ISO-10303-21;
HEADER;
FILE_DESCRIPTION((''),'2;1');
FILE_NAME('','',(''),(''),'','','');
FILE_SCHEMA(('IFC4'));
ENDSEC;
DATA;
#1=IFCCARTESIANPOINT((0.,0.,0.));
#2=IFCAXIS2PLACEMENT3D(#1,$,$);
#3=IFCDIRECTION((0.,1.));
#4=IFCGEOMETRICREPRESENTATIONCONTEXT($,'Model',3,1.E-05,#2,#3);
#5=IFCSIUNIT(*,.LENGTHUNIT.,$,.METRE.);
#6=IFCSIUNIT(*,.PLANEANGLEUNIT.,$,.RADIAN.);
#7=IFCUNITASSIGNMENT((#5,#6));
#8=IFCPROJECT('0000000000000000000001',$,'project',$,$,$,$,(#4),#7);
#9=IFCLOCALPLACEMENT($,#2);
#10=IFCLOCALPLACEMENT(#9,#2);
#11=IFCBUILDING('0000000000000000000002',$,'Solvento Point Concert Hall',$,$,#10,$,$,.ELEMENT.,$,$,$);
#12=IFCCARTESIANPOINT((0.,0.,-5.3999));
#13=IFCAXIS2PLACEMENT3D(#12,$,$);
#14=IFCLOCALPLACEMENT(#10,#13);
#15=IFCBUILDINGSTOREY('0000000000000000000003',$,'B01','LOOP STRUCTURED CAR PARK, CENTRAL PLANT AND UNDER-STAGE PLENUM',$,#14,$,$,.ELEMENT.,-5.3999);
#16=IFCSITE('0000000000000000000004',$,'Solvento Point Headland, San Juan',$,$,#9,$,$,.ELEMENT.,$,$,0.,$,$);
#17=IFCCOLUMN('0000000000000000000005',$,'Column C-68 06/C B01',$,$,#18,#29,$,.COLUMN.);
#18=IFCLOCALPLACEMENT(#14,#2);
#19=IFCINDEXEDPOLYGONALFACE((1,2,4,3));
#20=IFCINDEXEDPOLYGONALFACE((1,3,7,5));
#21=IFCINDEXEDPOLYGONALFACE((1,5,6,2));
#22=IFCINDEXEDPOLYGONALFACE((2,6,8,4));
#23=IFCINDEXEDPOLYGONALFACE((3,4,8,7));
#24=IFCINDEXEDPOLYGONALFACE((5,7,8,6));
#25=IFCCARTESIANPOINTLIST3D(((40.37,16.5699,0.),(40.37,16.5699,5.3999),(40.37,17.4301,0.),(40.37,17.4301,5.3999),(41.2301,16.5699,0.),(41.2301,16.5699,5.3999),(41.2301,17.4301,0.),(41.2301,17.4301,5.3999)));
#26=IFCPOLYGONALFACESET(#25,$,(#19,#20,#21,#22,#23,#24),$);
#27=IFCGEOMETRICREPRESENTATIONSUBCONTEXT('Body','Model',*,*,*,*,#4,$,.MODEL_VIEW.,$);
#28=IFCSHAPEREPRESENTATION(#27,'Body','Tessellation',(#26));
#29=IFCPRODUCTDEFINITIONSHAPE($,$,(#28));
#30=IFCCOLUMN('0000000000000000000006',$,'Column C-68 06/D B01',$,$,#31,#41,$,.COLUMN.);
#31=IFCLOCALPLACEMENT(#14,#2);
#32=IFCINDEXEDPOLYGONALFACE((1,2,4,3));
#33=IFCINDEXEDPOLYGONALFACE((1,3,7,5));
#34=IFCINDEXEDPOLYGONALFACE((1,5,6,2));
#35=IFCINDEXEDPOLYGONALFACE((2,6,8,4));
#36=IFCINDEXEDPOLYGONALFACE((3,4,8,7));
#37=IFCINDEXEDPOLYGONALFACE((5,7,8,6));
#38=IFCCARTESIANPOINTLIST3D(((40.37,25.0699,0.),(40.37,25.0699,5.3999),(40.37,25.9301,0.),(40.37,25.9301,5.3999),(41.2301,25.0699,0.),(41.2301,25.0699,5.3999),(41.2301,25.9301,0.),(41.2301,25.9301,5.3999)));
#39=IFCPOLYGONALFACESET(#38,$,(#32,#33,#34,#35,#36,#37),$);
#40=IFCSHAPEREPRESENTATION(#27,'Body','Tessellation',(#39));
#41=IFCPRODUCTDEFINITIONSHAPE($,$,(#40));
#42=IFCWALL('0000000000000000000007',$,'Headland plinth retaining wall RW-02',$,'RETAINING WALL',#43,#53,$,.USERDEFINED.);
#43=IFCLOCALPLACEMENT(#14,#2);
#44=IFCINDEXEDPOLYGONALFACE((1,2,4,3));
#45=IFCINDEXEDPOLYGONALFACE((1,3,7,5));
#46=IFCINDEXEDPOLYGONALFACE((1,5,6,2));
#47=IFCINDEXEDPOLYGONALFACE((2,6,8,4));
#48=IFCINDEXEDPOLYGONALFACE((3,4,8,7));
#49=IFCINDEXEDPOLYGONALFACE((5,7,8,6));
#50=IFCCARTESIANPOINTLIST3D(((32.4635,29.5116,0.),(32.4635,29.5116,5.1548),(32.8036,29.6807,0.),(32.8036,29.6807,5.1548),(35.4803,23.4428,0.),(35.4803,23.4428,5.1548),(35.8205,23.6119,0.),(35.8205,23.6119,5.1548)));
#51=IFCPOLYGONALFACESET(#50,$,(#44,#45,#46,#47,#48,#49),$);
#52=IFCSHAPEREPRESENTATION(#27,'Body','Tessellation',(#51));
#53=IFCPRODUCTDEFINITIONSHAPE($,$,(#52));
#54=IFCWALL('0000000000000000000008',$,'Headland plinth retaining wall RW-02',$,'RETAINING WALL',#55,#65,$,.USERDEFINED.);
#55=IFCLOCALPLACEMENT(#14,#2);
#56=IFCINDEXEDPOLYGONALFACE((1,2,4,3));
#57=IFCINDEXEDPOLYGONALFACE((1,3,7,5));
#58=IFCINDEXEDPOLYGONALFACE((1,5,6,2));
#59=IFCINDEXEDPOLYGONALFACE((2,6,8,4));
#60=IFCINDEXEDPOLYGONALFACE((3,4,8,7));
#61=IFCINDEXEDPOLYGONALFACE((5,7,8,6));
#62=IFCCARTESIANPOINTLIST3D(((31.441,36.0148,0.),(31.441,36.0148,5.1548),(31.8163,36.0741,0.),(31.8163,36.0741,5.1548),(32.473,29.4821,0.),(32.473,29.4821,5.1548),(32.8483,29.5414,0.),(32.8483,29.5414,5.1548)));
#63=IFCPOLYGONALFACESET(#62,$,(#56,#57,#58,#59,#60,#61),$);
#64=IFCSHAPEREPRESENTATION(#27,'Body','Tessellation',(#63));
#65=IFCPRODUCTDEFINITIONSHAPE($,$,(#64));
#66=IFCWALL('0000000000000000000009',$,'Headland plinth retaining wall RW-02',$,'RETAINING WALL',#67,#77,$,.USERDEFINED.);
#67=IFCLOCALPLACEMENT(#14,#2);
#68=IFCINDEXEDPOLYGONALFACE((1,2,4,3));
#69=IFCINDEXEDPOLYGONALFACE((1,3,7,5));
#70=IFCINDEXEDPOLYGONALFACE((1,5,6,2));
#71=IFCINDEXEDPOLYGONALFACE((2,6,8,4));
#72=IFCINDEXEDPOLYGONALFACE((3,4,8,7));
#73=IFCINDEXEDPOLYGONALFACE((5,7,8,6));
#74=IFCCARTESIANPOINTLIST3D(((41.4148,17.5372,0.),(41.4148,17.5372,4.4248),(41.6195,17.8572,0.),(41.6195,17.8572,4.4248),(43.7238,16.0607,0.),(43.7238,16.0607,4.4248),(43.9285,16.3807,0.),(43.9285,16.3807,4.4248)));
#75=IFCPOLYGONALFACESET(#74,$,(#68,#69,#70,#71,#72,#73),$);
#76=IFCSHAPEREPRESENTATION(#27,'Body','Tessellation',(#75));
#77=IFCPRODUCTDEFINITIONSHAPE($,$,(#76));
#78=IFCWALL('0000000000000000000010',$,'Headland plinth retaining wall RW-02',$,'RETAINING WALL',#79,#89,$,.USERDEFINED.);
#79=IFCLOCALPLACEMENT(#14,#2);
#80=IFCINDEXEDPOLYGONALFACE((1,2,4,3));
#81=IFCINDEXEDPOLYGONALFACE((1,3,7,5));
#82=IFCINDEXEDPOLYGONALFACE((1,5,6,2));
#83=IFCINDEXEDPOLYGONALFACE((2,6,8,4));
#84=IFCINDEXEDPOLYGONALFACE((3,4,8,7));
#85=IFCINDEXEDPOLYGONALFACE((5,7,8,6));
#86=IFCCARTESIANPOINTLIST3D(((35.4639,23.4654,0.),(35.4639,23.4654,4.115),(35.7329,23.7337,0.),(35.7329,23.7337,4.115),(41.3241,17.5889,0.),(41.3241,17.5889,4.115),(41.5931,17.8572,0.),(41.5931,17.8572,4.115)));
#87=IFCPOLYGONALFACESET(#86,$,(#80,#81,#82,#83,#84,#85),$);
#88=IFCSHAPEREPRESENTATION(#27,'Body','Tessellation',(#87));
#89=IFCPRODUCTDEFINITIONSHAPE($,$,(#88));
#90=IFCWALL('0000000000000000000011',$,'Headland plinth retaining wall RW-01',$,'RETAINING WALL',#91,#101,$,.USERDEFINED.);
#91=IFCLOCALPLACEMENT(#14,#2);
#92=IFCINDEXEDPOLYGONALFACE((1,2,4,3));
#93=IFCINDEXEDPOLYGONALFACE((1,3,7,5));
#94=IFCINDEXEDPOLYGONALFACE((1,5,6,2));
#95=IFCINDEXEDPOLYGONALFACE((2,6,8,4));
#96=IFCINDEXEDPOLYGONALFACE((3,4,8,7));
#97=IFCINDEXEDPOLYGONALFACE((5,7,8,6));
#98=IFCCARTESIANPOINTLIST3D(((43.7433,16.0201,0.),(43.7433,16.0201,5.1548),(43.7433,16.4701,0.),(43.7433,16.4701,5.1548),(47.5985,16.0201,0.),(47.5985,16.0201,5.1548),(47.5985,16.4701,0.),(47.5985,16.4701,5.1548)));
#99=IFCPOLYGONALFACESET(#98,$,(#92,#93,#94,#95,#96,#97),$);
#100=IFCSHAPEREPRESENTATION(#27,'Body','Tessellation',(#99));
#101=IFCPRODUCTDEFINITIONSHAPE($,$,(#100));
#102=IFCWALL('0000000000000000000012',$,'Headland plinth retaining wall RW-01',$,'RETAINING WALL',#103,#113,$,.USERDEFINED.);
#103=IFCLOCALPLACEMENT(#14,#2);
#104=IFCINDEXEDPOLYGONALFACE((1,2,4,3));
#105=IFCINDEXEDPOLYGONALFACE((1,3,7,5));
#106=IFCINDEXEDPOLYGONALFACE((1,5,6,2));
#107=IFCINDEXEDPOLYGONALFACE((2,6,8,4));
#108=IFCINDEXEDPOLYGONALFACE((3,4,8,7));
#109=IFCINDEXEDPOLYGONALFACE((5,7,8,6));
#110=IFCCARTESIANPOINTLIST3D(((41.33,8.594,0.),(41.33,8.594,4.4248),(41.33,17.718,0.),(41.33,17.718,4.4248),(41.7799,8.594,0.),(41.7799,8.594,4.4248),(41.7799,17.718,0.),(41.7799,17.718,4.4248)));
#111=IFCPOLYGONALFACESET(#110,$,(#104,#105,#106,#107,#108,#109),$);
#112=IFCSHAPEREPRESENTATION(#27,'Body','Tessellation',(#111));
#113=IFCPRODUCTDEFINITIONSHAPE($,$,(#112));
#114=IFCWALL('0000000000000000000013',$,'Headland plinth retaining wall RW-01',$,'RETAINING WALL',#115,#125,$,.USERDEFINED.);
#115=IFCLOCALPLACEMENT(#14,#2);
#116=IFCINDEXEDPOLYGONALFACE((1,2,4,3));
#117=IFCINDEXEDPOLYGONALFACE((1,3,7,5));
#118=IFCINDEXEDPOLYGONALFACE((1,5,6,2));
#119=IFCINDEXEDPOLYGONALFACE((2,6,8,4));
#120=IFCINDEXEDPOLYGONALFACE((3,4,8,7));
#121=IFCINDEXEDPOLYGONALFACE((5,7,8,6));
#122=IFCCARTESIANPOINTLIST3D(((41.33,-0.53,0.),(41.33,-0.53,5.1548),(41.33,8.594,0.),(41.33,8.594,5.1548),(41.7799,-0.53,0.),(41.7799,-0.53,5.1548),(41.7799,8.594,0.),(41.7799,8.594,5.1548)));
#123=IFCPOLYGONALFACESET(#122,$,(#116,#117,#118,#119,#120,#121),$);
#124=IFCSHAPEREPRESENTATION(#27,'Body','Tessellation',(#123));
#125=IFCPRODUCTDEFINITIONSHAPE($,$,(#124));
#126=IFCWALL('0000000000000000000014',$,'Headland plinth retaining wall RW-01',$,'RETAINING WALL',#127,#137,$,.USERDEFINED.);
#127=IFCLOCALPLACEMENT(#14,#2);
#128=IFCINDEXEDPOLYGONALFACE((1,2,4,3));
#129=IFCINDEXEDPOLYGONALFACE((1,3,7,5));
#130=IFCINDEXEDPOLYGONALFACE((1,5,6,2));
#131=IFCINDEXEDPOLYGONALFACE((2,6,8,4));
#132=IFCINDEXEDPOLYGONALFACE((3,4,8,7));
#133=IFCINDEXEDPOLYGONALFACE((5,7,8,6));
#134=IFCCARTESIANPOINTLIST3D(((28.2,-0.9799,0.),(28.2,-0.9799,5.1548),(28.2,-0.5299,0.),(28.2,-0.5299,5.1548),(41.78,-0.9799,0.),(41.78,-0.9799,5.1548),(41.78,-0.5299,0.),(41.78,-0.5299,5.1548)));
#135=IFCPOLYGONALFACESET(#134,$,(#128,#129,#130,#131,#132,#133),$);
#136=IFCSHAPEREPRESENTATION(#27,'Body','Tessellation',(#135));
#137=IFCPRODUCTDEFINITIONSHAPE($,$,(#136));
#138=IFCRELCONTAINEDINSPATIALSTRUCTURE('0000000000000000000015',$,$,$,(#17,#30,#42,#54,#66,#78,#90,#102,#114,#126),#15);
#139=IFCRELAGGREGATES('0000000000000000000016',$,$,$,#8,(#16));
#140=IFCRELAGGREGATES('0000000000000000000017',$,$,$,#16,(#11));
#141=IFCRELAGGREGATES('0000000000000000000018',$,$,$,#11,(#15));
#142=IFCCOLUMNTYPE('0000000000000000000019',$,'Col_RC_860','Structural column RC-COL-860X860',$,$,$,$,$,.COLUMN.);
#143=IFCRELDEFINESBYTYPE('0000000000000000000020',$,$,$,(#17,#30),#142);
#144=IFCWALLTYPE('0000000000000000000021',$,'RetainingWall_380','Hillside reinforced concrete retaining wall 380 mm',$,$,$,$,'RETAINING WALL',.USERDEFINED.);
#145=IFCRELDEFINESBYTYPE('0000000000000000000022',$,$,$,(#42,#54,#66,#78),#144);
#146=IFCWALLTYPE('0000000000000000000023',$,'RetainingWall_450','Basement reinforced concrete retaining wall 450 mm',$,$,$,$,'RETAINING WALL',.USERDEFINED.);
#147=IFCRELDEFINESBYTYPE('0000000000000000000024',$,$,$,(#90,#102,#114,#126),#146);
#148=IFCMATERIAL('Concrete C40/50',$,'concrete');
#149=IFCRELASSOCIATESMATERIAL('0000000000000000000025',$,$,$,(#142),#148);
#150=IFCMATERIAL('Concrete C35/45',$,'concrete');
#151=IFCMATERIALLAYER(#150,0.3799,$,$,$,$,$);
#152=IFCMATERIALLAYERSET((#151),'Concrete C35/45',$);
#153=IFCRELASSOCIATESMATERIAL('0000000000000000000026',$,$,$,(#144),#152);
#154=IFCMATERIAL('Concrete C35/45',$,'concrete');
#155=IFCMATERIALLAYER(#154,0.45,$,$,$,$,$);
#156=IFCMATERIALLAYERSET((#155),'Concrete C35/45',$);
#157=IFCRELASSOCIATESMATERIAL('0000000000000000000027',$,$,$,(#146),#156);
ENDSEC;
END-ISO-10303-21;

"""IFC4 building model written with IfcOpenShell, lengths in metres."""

from ifc_helpers import new_model, si_unit, direction, frame, frame_2d, origin, origin_2d, place, context, subcontext, project, spatial, rectangle, extrude, material, layer, layer_set, material_profile, profile_set, type_object, element, save


model = new_model("IFC4")

# Units and contexts
model_context = context("Model", 3, precision=1e-05, world=origin(), true_north=direction((0.0, 1.0)))
body_context = subcontext(model_context, "Body", "Model", "MODEL_VIEW")
ifc_project = project(units=[si_unit("LENGTHUNIT", "METRE"), si_unit("PLANEANGLEUNIT", "RADIAN")], contexts=[model_context])

# Site, building, storey
site_placement = place(None, origin())
site = spatial("IfcSite", under=ifc_project, at=site_placement, Name="Solvento Point Headland, San Juan", CompositionType="ELEMENT", RefElevation=0.0)
building_placement = place(site_placement, origin())
building = spatial("IfcBuilding", under=site, at=building_placement, Name="Solvento Point Concert Hall", CompositionType="ELEMENT")
storey_placement = place(building_placement, frame((0.0, 0.0, -5.3999)))
storey = spatial("IfcBuildingStorey", under=building, at=storey_placement, Name="B01", Description="LOOP STRUCTURED CAR PARK, CENTRAL PLANT AND UNDER-STAGE PLENUM", CompositionType="ELEMENT", Elevation=-5.3999)

# Columns
ifc_material_1 = material(Name="Concrete C40/50", Category="concrete")
ifc_material_profile_1 = material_profile(ifc_material_1, rectangle(XDim=0.8601, YDim=0.8601, at=origin_2d()), Name="RC-COL-860X860")
ifc_profile_set_1 = profile_set([ifc_material_profile_1], Name="Concrete C40/50")
column_type = type_object("IfcColumnType", Name="Col_RC_860", Description="Structural column RC-COL-860X860", PredefinedType="COLUMN", material=ifc_profile_set_1)
for number, where, z_axis, x_axis, name in (
    (1, (40.8, 17.0, 0.0), (0.0, 0.0, 1.0), (1.0, 0.0, 0.0), "Column C-68 06/C B01"),
    (2, (40.8, 25.5, 0.0), (0.0, 0.0, 1.0), (1.0, 0.0, 0.0), "Column C-68 06/D B01"),
):
    element("IfcColumn", number, at=place(storey_placement, frame(where, z_axis=z_axis, x_axis=x_axis)), inside=storey, type_object=column_type, Name=name, PredefinedType="COLUMN", context=body_context, shape_type="SweptSolid", body=[
        extrude(rectangle(XDim=0.8601, YDim=0.8601, at=origin_2d()), origin(), (0.0, 0.0, 1.0), 5.3999),
    ])

# Walls
ifc_material_2 = material(Name="Concrete C35/45", Category="concrete")
ifc_layer_1 = layer(ifc_material_2, 0.3799)
ifc_layer_set_1 = layer_set([ifc_layer_1], Name="Concrete C35/45")
wall_type_1 = type_object("IfcWallType", Name="RetainingWall_380", Description="Hillside reinforced concrete retaining wall 380 mm", ElementType="RETAINING WALL", PredefinedType="USERDEFINED", material=ifc_layer_set_1)
wall_1_placement = place(storey_placement, frame((35.6504, 23.5273, 0.0), z_axis=(0.0, 0.0, 1.0), x_axis=(-0.445137, 0.895462, 0.0)))
element("IfcWall", 3, at=wall_1_placement, inside=storey, type_object=wall_type_1, Name="Headland plinth retaining wall RW-02", ObjectType="RETAINING WALL", PredefinedType="USERDEFINED", context=body_context, shape_type="SweptSolid", body=[
    extrude(rectangle(XDim=6.7773, YDim=0.3799, at=frame_2d((3.3887, 0.0))), origin(), (0.0, 0.0, 1.0), 5.1548),
])
wall_2_placement = place(storey_placement, frame((32.6606, 29.5117, 0.0), z_axis=(0.0, 0.0, 1.0), x_axis=(-0.156037, 0.987751, 0.0)))
element("IfcWall", 4, at=wall_2_placement, inside=storey, type_object=wall_type_1, Name="Headland plinth retaining wall RW-02", ObjectType="RETAINING WALL", PredefinedType="USERDEFINED", context=body_context, shape_type="SweptSolid", body=[
    extrude(rectangle(XDim=6.6138, YDim=0.3799, at=frame_2d((3.3069, 0.0))), origin(), (0.0, 0.0, 1.0), 5.1548),
])
wall_3_placement = place(storey_placement, frame((43.8262, 16.2207, 0.0), z_axis=(0.0, 0.0, 1.0), x_axis=(-0.842478, 0.53873, 0.0)))
element("IfcWall", 5, at=wall_3_placement, inside=storey, type_object=wall_type_1, Name="Headland plinth retaining wall RW-02", ObjectType="RETAINING WALL", PredefinedType="USERDEFINED", context=body_context, shape_type="SweptSolid", body=[
    extrude(rectangle(XDim=2.7407, YDim=0.3799, at=frame_2d((1.3704, 0.0))), origin(), (0.0, 0.0, 1.0), 4.4248),
])
wall_4_placement = place(storey_placement, frame((41.4585, 17.7231, 0.0), z_axis=(0.0, 0.0, 1.0), x_axis=(-0.706121, 0.708092, 0.0)))
element("IfcWall", 6, at=wall_4_placement, inside=storey, type_object=wall_type_1, Name="Headland plinth retaining wall RW-02", ObjectType="RETAINING WALL", PredefinedType="USERDEFINED", context=body_context, shape_type="SweptSolid", body=[
    extrude(rectangle(XDim=8.2991, YDim=0.3799, at=frame_2d((4.1494, 0.0))), origin(), (0.0, 0.0, 1.0), 4.115),
])
ifc_material_3 = material(Name="Concrete C35/45", Category="concrete")
ifc_layer_2 = layer(ifc_material_3, 0.45)
ifc_layer_set_2 = layer_set([ifc_layer_2], Name="Concrete C35/45")
wall_type_2 = type_object("IfcWallType", Name="RetainingWall_450", Description="Basement reinforced concrete retaining wall 450 mm", ElementType="RETAINING WALL", PredefinedType="USERDEFINED", material=ifc_layer_set_2)
wall_5_placement = place(storey_placement, frame((47.5986, 16.2451, 0.0), z_axis=(0.0, 0.0, 1.0), x_axis=(-1.0, 0.0, 0.0)))
element("IfcWall", 7, at=wall_5_placement, inside=storey, type_object=wall_type_2, Name="Headland plinth retaining wall RW-01", ObjectType="RETAINING WALL", PredefinedType="USERDEFINED", context=body_context, shape_type="SweptSolid", body=[
    extrude(rectangle(XDim=3.8552, YDim=0.45, at=frame_2d((1.9277, 0.0))), origin(), (0.0, 0.0, 1.0), 5.1548),
])
wall_6_placement = place(storey_placement, frame((41.5549, 17.718, 0.0), z_axis=(0.0, 0.0, 1.0), x_axis=(0.0, -1.0, 0.0)))
element("IfcWall", 8, at=wall_6_placement, inside=storey, type_object=wall_type_2, Name="Headland plinth retaining wall RW-01", ObjectType="RETAINING WALL", PredefinedType="USERDEFINED", context=body_context, shape_type="SweptSolid", body=[
    extrude(rectangle(XDim=9.124, YDim=0.45, at=frame_2d((4.562, 0.0))), origin(), (0.0, 0.0, 1.0), 4.4248),
])
wall_7_placement = place(storey_placement, frame((41.5549, 8.594, 0.0), z_axis=(0.0, 0.0, 1.0), x_axis=(0.0, -1.0, 0.0)))
element("IfcWall", 9, at=wall_7_placement, inside=storey, type_object=wall_type_2, Name="Headland plinth retaining wall RW-01", ObjectType="RETAINING WALL", PredefinedType="USERDEFINED", context=body_context, shape_type="SweptSolid", body=[
    extrude(rectangle(XDim=9.124, YDim=0.45, at=frame_2d((4.562, 0.0))), origin(), (0.0, 0.0, 1.0), 5.1548),
])
wall_8_placement = place(storey_placement, frame((41.78, -0.7549, 0.0), z_axis=(0.0, 0.0, 1.0), x_axis=(-1.0, 0.0, 0.0)))
element("IfcWall", 10, at=wall_8_placement, inside=storey, type_object=wall_type_2, Name="Headland plinth retaining wall RW-01", ObjectType="RETAINING WALL", PredefinedType="USERDEFINED", context=body_context, shape_type="SweptSolid", body=[
    extrude(rectangle(XDim=13.5801, YDim=0.45, at=frame_2d((6.79, 0.0))), origin(), (0.0, 0.0, 1.0), 5.1548),
])

save(model, "model.ifc")
